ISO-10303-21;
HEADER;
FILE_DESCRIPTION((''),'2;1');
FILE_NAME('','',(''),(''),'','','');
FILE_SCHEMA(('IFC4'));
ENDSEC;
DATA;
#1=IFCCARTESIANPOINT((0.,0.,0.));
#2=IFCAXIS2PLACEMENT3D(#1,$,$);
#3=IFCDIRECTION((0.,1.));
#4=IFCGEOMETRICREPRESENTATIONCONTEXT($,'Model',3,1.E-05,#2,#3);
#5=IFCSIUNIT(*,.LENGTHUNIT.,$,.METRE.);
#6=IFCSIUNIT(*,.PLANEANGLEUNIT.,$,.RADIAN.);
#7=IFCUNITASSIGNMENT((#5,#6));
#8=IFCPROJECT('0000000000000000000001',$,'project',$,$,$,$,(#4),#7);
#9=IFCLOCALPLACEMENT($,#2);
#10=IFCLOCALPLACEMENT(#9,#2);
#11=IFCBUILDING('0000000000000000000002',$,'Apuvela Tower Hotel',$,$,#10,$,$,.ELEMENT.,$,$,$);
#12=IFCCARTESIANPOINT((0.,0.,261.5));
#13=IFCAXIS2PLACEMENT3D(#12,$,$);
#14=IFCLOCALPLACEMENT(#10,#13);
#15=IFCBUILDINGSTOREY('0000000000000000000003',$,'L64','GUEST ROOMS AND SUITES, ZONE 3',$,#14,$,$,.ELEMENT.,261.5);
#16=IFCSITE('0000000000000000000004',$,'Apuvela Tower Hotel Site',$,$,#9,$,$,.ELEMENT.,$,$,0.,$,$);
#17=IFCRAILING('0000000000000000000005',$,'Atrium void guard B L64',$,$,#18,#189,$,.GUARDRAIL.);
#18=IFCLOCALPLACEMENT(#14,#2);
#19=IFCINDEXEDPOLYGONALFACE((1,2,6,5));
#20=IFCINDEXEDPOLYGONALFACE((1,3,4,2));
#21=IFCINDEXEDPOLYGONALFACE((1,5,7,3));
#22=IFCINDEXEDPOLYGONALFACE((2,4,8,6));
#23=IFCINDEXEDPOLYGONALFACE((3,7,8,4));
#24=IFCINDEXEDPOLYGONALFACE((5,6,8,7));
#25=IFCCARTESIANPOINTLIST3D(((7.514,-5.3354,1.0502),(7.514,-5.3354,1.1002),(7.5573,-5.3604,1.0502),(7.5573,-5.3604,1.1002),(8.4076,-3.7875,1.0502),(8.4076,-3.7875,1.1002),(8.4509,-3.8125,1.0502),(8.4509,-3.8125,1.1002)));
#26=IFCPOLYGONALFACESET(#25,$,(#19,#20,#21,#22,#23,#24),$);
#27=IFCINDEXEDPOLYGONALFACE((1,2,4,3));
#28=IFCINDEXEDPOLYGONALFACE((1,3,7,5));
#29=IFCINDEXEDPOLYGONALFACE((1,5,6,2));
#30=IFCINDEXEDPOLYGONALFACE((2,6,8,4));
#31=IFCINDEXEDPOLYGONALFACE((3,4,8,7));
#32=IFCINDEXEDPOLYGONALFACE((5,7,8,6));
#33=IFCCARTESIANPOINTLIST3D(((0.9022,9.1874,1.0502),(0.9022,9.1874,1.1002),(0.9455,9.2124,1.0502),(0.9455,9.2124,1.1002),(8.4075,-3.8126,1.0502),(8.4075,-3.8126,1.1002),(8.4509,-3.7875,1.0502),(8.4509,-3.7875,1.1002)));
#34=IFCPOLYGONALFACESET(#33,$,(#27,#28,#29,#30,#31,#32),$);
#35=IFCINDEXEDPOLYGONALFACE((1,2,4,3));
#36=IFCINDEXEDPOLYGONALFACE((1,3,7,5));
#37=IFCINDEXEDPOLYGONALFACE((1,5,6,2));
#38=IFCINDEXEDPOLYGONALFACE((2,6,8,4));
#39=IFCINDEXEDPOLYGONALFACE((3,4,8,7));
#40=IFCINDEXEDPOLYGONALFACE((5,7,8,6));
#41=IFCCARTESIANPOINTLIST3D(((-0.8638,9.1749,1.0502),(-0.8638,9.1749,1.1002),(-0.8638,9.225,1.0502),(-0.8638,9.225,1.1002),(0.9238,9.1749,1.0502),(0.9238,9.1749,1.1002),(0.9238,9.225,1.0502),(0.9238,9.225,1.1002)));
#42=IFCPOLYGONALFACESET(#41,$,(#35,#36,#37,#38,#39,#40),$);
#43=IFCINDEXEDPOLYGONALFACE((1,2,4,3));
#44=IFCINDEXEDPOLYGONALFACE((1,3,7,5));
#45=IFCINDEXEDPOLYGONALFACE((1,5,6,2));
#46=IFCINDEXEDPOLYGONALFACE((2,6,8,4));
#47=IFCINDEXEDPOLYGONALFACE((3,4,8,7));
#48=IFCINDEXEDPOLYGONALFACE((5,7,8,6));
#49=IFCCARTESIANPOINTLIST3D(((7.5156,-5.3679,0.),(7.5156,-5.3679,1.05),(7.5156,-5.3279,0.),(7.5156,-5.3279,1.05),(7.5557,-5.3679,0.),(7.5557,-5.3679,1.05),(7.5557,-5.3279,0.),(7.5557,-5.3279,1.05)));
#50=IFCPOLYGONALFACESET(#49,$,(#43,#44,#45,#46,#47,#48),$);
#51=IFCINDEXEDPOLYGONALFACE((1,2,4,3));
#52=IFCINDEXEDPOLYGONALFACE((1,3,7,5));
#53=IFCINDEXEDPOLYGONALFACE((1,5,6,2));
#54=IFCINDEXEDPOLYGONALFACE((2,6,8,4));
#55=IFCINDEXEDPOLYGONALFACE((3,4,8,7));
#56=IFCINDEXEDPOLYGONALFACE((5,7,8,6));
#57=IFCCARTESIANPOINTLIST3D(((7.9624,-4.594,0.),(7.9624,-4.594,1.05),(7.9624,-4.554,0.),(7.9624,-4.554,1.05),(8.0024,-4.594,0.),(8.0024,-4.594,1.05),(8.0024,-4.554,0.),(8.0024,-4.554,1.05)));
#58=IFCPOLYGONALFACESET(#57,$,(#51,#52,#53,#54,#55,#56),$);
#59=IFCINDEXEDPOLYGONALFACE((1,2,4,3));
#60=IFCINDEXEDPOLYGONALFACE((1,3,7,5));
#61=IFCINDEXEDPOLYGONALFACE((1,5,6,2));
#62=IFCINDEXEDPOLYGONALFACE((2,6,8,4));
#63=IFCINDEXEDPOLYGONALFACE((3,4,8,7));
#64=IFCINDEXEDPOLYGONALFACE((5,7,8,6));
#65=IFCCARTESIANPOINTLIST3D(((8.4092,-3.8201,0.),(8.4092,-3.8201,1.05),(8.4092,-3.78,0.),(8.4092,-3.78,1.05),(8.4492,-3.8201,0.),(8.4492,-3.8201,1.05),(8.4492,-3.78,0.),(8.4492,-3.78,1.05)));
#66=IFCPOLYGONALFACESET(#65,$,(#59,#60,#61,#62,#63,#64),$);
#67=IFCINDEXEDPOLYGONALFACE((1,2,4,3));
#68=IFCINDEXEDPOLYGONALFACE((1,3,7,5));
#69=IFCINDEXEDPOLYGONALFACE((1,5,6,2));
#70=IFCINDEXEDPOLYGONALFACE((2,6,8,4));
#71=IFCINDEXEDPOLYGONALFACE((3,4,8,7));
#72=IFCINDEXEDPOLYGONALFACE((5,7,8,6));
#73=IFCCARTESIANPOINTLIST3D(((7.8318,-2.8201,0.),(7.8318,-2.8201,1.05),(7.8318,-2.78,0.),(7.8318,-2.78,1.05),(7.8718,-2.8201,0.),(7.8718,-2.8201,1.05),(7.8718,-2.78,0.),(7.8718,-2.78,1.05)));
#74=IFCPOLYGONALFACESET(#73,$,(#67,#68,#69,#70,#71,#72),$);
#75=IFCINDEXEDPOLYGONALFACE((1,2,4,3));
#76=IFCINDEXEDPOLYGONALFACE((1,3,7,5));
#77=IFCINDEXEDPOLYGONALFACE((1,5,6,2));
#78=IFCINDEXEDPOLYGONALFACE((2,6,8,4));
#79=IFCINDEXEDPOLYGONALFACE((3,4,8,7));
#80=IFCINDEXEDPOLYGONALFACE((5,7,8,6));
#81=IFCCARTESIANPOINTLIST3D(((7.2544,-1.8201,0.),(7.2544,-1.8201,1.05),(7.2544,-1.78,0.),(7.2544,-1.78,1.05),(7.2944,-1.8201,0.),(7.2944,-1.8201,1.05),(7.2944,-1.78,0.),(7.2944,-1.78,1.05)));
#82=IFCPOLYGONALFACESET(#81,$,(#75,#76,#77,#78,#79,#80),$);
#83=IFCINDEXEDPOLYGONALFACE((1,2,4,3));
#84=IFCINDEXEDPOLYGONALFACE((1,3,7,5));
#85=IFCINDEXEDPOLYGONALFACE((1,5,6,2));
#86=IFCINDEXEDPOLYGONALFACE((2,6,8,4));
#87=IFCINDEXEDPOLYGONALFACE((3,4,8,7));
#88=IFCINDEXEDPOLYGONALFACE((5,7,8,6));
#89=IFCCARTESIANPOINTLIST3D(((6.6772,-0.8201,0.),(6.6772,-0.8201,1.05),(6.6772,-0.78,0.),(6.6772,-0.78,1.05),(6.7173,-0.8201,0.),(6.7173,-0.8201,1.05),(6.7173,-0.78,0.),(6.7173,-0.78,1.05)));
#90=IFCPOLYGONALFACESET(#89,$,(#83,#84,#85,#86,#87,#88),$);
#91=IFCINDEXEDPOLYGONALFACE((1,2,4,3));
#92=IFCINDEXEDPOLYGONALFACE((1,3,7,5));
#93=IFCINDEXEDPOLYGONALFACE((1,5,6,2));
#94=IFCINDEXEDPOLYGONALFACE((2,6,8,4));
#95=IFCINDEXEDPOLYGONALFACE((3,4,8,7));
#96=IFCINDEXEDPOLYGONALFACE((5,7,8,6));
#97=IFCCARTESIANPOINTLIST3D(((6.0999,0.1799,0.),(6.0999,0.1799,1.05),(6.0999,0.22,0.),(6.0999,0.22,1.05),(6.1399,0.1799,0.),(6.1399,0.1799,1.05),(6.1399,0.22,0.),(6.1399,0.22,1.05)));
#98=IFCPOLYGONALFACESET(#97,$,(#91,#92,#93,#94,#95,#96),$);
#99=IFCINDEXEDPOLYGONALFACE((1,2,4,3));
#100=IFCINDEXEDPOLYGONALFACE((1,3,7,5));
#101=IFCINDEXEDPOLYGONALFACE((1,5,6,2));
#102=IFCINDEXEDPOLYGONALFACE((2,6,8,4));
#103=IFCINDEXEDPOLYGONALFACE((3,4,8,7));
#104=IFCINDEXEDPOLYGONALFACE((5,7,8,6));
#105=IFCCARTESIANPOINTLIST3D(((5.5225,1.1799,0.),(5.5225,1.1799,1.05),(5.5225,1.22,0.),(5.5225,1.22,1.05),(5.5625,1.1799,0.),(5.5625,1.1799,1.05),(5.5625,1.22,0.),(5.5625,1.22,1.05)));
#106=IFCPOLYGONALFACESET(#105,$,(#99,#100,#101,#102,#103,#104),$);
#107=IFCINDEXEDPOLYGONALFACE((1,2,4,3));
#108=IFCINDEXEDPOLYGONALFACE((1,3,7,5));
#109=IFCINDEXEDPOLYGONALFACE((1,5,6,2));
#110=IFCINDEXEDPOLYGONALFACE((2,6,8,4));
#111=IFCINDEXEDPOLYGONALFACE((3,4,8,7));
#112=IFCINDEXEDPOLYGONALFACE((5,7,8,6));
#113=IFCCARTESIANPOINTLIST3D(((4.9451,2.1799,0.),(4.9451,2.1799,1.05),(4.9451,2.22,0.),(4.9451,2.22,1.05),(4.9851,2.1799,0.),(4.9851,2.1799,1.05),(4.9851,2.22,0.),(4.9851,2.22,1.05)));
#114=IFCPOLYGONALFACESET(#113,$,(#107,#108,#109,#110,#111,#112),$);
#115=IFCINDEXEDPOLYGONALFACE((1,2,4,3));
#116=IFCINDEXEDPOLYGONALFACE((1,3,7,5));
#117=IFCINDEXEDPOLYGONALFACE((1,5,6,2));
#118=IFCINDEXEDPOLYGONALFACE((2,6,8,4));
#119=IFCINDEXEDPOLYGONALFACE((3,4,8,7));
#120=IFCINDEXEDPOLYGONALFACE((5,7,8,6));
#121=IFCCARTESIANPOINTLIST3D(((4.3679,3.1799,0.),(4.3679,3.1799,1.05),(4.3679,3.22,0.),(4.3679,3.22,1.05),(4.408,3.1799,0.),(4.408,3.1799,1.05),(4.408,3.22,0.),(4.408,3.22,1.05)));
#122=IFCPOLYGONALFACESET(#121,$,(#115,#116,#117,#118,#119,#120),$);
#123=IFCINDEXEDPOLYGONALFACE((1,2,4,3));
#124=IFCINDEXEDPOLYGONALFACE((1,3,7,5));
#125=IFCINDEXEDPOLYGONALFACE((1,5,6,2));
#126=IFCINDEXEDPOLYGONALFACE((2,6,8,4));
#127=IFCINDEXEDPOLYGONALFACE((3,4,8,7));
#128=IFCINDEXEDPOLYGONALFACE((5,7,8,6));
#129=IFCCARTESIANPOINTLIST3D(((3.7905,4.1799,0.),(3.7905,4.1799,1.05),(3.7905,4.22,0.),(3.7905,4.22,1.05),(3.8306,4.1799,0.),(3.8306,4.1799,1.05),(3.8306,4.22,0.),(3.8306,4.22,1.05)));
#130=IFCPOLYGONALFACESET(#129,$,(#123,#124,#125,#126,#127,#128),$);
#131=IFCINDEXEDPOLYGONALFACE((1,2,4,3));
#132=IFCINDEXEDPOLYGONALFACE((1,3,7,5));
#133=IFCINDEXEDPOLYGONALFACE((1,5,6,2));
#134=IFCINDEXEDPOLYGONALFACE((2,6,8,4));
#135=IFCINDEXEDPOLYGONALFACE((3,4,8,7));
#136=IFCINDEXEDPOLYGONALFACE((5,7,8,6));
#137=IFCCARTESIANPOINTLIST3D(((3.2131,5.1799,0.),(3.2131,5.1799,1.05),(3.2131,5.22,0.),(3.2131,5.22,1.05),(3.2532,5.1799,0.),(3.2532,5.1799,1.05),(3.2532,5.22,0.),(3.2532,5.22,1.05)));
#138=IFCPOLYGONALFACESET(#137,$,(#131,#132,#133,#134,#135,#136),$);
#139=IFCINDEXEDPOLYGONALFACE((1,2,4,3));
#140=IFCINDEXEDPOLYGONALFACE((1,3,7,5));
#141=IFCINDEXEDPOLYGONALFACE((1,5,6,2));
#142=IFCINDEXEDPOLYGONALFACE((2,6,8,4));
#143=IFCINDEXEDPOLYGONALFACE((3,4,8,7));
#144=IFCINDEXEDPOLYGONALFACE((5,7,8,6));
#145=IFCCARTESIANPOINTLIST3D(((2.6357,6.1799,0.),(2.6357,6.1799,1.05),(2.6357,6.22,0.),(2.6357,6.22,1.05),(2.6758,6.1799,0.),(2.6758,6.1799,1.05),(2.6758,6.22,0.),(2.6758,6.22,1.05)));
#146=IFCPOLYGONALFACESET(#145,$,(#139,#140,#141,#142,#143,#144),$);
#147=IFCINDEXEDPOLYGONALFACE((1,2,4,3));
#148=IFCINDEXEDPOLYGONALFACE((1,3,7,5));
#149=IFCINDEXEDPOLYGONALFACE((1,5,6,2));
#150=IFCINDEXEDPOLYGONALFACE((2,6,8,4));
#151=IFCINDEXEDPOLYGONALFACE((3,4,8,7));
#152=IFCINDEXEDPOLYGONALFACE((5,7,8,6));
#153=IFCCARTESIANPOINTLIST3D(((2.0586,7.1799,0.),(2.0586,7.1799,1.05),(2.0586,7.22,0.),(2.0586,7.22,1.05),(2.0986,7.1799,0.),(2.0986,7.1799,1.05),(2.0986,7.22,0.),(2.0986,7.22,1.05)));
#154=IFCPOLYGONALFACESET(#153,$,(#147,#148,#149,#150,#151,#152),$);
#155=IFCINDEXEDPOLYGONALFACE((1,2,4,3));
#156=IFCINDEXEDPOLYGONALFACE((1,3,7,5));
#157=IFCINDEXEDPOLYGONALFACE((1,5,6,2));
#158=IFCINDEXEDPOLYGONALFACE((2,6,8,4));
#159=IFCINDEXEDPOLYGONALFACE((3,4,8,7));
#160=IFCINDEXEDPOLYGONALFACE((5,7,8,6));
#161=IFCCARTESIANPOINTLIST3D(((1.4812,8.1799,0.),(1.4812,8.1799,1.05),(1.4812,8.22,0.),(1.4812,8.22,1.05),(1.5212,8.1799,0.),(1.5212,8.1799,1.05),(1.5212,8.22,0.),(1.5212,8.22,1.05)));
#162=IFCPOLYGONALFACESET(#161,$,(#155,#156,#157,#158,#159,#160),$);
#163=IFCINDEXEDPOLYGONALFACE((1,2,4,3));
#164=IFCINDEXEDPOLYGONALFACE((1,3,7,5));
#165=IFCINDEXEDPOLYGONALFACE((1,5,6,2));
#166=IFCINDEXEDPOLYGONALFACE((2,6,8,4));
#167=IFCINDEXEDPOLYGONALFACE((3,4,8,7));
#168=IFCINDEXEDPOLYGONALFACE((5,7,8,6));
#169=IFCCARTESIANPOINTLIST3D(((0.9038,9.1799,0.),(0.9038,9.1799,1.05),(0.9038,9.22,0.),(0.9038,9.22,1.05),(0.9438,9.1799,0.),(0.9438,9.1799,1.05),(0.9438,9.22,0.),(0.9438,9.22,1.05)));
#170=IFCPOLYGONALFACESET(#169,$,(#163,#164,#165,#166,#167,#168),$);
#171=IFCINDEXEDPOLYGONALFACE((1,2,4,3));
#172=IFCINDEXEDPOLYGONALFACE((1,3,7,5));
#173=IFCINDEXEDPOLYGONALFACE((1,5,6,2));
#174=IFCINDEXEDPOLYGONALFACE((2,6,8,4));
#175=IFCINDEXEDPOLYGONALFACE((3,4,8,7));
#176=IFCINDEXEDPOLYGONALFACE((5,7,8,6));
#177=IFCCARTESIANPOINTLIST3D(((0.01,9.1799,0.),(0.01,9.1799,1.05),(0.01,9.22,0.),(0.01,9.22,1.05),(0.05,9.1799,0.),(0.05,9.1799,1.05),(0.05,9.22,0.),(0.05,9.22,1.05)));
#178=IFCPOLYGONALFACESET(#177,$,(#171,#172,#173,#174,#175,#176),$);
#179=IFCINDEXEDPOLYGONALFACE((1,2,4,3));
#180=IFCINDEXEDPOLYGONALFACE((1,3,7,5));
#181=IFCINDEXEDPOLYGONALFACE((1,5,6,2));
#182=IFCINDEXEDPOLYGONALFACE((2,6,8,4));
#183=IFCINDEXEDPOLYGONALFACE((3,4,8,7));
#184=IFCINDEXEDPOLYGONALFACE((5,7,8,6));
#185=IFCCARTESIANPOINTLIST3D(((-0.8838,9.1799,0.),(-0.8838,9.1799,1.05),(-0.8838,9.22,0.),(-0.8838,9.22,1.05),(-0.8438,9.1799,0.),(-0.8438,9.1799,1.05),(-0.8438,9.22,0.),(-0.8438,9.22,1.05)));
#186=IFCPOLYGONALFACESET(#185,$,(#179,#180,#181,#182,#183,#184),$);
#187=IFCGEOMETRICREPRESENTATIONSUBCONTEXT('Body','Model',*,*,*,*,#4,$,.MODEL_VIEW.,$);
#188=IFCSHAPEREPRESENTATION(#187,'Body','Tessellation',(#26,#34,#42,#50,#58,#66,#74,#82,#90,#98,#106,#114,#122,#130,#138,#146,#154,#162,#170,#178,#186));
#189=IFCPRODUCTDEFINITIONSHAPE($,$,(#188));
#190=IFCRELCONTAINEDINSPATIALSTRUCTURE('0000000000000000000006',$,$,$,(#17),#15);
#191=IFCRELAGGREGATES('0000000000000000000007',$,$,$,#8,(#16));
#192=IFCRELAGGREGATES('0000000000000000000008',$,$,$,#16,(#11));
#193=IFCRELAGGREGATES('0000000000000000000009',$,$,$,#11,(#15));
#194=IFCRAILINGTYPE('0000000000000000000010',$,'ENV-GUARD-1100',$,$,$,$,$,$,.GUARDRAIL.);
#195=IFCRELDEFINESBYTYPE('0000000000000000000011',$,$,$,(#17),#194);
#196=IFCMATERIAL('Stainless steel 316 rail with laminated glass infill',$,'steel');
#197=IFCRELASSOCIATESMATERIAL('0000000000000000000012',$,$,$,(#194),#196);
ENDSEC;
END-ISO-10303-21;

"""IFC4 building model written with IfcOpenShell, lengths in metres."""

from ifc_helpers import new_model, si_unit, direction, frame, origin, origin_2d, place, context, subcontext, project, spatial, rectangle, extrude, material, type_object, element, save


model = new_model("IFC4")

# Units and contexts
model_context = context("Model", 3, precision=1e-05, world=origin(), true_north=direction((0.0, 1.0)))
body_context = subcontext(model_context, "Body", "Model", "MODEL_VIEW")
ifc_project = project(units=[si_unit("LENGTHUNIT", "METRE"), si_unit("PLANEANGLEUNIT", "RADIAN")], contexts=[model_context])

# Site, building, storey
site_placement = place(None, origin())
site = spatial("IfcSite", under=ifc_project, at=site_placement, Name="Apuvela Tower Hotel Site", CompositionType="ELEMENT", RefElevation=0.0)
building_placement = place(site_placement, origin())
building = spatial("IfcBuilding", under=site, at=building_placement, Name="Apuvela Tower Hotel", CompositionType="ELEMENT")
storey_placement = place(building_placement, frame((0.0, 0.0, 261.5)))
storey = spatial("IfcBuildingStorey", under=building, at=storey_placement, Name="L64", Description="GUEST ROOMS AND SUITES, ZONE 3", CompositionType="ELEMENT", Elevation=261.5)

# Railing
ifc_material_1 = material(Name="Stainless steel 316 rail with laminated glass infill", Category="steel")
railing_type_1 = type_object("IfcRailingType", Name="ENV-GUARD-1100", PredefinedType="GUARDRAIL", material=ifc_material_1)
railing_1_placement = place(storey_placement, frame((7.5356, -5.3479, 0.0)))
element("IfcRailing", 1, at=railing_1_placement, inside=storey, type_object=railing_type_1, Name="Atrium void guard B L64", PredefinedType="GUARDRAIL", context=body_context, shape_type="SweptSolid", body=[
    extrude(rectangle(XDim=0.05, YDim=0.05, at=origin_2d()), frame((0.0, 0.0, 1.0752), z_axis=(0.499959, 0.866049, 0.0), x_axis=(-0.866049, 0.499959, 0.0)), (0.0, 0.0, 1.0), 1.7874),
    extrude(rectangle(XDim=0.05, YDim=0.05, at=origin_2d()), frame((0.8936, 1.5479, 1.0752), z_axis=(-0.499991, 0.866031, 0.0), x_axis=(-0.866031, -0.499991, 0.0)), (0.0, 0.0, 1.0), 15.011),
    extrude(rectangle(XDim=0.05, YDim=0.05, at=origin_2d()), frame((-6.6118, 14.5479, 1.0752), z_axis=(-1.0, 0.0, 0.0), x_axis=(0.0, -1.0, 0.0)), (0.0, 0.0, 1.0), 1.7876),
    extrude(rectangle(XDim=0.04, YDim=0.04, at=origin_2d()), origin(), (0.0, 0.0, 1.0), 1.05),
    extrude(rectangle(XDim=0.04, YDim=0.04, at=origin_2d()), frame((0.4468, 0.7739, 0.0)), (0.0, 0.0, 1.0), 1.05),
    extrude(rectangle(XDim=0.04, YDim=0.04, at=origin_2d()), frame((0.8936, 1.5479, 0.0)), (0.0, 0.0, 1.0), 1.05),
    extrude(rectangle(XDim=0.04, YDim=0.04, at=origin_2d()), frame((0.3162, 2.5479, 0.0)), (0.0, 0.0, 1.0), 1.05),
    extrude(rectangle(XDim=0.04, YDim=0.04, at=origin_2d()), frame((-0.2612, 3.5479, 0.0)), (0.0, 0.0, 1.0), 1.05),
    extrude(rectangle(XDim=0.04, YDim=0.04, at=origin_2d()), frame((-0.8384, 4.5479, 0.0)), (0.0, 0.0, 1.0), 1.05),
    extrude(rectangle(XDim=0.04, YDim=0.04, at=origin_2d()), frame((-1.4158, 5.5479, 0.0)), (0.0, 0.0, 1.0), 1.05),
    extrude(rectangle(XDim=0.04, YDim=0.04, at=origin_2d()), frame((-1.9932, 6.5479, 0.0)), (0.0, 0.0, 1.0), 1.05),
    extrude(rectangle(XDim=0.04, YDim=0.04, at=origin_2d()), frame((-2.5706, 7.5479, 0.0)), (0.0, 0.0, 1.0), 1.05),
    extrude(rectangle(XDim=0.04, YDim=0.04, at=origin_2d()), frame((-3.1477, 8.5479, 0.0)), (0.0, 0.0, 1.0), 1.05),
    extrude(rectangle(XDim=0.04, YDim=0.04, at=origin_2d()), frame((-3.7251, 9.5479, 0.0)), (0.0, 0.0, 1.0), 1.05),
    extrude(rectangle(XDim=0.04, YDim=0.04, at=origin_2d()), frame((-4.3025, 10.5479, 0.0)), (0.0, 0.0, 1.0), 1.05),
    extrude(rectangle(XDim=0.04, YDim=0.04, at=origin_2d()), frame((-4.8799, 11.5479, 0.0)), (0.0, 0.0, 1.0), 1.05),
    extrude(rectangle(XDim=0.04, YDim=0.04, at=origin_2d()), frame((-5.457, 12.5479, 0.0)), (0.0, 0.0, 1.0), 1.05),
    extrude(rectangle(XDim=0.04, YDim=0.04, at=origin_2d()), frame((-6.0344, 13.5479, 0.0)), (0.0, 0.0, 1.0), 1.05),
    extrude(rectangle(XDim=0.04, YDim=0.04, at=origin_2d()), frame((-6.6118, 14.5479, 0.0)), (0.0, 0.0, 1.0), 1.05),
    extrude(rectangle(XDim=0.04, YDim=0.04, at=origin_2d()), frame((-7.5056, 14.5479, 0.0)), (0.0, 0.0, 1.0), 1.05),
    extrude(rectangle(XDim=0.04, YDim=0.04, at=origin_2d()), frame((-8.3994, 14.5479, 0.0)), (0.0, 0.0, 1.0), 1.05),
])

save(model, "model.ifc")
